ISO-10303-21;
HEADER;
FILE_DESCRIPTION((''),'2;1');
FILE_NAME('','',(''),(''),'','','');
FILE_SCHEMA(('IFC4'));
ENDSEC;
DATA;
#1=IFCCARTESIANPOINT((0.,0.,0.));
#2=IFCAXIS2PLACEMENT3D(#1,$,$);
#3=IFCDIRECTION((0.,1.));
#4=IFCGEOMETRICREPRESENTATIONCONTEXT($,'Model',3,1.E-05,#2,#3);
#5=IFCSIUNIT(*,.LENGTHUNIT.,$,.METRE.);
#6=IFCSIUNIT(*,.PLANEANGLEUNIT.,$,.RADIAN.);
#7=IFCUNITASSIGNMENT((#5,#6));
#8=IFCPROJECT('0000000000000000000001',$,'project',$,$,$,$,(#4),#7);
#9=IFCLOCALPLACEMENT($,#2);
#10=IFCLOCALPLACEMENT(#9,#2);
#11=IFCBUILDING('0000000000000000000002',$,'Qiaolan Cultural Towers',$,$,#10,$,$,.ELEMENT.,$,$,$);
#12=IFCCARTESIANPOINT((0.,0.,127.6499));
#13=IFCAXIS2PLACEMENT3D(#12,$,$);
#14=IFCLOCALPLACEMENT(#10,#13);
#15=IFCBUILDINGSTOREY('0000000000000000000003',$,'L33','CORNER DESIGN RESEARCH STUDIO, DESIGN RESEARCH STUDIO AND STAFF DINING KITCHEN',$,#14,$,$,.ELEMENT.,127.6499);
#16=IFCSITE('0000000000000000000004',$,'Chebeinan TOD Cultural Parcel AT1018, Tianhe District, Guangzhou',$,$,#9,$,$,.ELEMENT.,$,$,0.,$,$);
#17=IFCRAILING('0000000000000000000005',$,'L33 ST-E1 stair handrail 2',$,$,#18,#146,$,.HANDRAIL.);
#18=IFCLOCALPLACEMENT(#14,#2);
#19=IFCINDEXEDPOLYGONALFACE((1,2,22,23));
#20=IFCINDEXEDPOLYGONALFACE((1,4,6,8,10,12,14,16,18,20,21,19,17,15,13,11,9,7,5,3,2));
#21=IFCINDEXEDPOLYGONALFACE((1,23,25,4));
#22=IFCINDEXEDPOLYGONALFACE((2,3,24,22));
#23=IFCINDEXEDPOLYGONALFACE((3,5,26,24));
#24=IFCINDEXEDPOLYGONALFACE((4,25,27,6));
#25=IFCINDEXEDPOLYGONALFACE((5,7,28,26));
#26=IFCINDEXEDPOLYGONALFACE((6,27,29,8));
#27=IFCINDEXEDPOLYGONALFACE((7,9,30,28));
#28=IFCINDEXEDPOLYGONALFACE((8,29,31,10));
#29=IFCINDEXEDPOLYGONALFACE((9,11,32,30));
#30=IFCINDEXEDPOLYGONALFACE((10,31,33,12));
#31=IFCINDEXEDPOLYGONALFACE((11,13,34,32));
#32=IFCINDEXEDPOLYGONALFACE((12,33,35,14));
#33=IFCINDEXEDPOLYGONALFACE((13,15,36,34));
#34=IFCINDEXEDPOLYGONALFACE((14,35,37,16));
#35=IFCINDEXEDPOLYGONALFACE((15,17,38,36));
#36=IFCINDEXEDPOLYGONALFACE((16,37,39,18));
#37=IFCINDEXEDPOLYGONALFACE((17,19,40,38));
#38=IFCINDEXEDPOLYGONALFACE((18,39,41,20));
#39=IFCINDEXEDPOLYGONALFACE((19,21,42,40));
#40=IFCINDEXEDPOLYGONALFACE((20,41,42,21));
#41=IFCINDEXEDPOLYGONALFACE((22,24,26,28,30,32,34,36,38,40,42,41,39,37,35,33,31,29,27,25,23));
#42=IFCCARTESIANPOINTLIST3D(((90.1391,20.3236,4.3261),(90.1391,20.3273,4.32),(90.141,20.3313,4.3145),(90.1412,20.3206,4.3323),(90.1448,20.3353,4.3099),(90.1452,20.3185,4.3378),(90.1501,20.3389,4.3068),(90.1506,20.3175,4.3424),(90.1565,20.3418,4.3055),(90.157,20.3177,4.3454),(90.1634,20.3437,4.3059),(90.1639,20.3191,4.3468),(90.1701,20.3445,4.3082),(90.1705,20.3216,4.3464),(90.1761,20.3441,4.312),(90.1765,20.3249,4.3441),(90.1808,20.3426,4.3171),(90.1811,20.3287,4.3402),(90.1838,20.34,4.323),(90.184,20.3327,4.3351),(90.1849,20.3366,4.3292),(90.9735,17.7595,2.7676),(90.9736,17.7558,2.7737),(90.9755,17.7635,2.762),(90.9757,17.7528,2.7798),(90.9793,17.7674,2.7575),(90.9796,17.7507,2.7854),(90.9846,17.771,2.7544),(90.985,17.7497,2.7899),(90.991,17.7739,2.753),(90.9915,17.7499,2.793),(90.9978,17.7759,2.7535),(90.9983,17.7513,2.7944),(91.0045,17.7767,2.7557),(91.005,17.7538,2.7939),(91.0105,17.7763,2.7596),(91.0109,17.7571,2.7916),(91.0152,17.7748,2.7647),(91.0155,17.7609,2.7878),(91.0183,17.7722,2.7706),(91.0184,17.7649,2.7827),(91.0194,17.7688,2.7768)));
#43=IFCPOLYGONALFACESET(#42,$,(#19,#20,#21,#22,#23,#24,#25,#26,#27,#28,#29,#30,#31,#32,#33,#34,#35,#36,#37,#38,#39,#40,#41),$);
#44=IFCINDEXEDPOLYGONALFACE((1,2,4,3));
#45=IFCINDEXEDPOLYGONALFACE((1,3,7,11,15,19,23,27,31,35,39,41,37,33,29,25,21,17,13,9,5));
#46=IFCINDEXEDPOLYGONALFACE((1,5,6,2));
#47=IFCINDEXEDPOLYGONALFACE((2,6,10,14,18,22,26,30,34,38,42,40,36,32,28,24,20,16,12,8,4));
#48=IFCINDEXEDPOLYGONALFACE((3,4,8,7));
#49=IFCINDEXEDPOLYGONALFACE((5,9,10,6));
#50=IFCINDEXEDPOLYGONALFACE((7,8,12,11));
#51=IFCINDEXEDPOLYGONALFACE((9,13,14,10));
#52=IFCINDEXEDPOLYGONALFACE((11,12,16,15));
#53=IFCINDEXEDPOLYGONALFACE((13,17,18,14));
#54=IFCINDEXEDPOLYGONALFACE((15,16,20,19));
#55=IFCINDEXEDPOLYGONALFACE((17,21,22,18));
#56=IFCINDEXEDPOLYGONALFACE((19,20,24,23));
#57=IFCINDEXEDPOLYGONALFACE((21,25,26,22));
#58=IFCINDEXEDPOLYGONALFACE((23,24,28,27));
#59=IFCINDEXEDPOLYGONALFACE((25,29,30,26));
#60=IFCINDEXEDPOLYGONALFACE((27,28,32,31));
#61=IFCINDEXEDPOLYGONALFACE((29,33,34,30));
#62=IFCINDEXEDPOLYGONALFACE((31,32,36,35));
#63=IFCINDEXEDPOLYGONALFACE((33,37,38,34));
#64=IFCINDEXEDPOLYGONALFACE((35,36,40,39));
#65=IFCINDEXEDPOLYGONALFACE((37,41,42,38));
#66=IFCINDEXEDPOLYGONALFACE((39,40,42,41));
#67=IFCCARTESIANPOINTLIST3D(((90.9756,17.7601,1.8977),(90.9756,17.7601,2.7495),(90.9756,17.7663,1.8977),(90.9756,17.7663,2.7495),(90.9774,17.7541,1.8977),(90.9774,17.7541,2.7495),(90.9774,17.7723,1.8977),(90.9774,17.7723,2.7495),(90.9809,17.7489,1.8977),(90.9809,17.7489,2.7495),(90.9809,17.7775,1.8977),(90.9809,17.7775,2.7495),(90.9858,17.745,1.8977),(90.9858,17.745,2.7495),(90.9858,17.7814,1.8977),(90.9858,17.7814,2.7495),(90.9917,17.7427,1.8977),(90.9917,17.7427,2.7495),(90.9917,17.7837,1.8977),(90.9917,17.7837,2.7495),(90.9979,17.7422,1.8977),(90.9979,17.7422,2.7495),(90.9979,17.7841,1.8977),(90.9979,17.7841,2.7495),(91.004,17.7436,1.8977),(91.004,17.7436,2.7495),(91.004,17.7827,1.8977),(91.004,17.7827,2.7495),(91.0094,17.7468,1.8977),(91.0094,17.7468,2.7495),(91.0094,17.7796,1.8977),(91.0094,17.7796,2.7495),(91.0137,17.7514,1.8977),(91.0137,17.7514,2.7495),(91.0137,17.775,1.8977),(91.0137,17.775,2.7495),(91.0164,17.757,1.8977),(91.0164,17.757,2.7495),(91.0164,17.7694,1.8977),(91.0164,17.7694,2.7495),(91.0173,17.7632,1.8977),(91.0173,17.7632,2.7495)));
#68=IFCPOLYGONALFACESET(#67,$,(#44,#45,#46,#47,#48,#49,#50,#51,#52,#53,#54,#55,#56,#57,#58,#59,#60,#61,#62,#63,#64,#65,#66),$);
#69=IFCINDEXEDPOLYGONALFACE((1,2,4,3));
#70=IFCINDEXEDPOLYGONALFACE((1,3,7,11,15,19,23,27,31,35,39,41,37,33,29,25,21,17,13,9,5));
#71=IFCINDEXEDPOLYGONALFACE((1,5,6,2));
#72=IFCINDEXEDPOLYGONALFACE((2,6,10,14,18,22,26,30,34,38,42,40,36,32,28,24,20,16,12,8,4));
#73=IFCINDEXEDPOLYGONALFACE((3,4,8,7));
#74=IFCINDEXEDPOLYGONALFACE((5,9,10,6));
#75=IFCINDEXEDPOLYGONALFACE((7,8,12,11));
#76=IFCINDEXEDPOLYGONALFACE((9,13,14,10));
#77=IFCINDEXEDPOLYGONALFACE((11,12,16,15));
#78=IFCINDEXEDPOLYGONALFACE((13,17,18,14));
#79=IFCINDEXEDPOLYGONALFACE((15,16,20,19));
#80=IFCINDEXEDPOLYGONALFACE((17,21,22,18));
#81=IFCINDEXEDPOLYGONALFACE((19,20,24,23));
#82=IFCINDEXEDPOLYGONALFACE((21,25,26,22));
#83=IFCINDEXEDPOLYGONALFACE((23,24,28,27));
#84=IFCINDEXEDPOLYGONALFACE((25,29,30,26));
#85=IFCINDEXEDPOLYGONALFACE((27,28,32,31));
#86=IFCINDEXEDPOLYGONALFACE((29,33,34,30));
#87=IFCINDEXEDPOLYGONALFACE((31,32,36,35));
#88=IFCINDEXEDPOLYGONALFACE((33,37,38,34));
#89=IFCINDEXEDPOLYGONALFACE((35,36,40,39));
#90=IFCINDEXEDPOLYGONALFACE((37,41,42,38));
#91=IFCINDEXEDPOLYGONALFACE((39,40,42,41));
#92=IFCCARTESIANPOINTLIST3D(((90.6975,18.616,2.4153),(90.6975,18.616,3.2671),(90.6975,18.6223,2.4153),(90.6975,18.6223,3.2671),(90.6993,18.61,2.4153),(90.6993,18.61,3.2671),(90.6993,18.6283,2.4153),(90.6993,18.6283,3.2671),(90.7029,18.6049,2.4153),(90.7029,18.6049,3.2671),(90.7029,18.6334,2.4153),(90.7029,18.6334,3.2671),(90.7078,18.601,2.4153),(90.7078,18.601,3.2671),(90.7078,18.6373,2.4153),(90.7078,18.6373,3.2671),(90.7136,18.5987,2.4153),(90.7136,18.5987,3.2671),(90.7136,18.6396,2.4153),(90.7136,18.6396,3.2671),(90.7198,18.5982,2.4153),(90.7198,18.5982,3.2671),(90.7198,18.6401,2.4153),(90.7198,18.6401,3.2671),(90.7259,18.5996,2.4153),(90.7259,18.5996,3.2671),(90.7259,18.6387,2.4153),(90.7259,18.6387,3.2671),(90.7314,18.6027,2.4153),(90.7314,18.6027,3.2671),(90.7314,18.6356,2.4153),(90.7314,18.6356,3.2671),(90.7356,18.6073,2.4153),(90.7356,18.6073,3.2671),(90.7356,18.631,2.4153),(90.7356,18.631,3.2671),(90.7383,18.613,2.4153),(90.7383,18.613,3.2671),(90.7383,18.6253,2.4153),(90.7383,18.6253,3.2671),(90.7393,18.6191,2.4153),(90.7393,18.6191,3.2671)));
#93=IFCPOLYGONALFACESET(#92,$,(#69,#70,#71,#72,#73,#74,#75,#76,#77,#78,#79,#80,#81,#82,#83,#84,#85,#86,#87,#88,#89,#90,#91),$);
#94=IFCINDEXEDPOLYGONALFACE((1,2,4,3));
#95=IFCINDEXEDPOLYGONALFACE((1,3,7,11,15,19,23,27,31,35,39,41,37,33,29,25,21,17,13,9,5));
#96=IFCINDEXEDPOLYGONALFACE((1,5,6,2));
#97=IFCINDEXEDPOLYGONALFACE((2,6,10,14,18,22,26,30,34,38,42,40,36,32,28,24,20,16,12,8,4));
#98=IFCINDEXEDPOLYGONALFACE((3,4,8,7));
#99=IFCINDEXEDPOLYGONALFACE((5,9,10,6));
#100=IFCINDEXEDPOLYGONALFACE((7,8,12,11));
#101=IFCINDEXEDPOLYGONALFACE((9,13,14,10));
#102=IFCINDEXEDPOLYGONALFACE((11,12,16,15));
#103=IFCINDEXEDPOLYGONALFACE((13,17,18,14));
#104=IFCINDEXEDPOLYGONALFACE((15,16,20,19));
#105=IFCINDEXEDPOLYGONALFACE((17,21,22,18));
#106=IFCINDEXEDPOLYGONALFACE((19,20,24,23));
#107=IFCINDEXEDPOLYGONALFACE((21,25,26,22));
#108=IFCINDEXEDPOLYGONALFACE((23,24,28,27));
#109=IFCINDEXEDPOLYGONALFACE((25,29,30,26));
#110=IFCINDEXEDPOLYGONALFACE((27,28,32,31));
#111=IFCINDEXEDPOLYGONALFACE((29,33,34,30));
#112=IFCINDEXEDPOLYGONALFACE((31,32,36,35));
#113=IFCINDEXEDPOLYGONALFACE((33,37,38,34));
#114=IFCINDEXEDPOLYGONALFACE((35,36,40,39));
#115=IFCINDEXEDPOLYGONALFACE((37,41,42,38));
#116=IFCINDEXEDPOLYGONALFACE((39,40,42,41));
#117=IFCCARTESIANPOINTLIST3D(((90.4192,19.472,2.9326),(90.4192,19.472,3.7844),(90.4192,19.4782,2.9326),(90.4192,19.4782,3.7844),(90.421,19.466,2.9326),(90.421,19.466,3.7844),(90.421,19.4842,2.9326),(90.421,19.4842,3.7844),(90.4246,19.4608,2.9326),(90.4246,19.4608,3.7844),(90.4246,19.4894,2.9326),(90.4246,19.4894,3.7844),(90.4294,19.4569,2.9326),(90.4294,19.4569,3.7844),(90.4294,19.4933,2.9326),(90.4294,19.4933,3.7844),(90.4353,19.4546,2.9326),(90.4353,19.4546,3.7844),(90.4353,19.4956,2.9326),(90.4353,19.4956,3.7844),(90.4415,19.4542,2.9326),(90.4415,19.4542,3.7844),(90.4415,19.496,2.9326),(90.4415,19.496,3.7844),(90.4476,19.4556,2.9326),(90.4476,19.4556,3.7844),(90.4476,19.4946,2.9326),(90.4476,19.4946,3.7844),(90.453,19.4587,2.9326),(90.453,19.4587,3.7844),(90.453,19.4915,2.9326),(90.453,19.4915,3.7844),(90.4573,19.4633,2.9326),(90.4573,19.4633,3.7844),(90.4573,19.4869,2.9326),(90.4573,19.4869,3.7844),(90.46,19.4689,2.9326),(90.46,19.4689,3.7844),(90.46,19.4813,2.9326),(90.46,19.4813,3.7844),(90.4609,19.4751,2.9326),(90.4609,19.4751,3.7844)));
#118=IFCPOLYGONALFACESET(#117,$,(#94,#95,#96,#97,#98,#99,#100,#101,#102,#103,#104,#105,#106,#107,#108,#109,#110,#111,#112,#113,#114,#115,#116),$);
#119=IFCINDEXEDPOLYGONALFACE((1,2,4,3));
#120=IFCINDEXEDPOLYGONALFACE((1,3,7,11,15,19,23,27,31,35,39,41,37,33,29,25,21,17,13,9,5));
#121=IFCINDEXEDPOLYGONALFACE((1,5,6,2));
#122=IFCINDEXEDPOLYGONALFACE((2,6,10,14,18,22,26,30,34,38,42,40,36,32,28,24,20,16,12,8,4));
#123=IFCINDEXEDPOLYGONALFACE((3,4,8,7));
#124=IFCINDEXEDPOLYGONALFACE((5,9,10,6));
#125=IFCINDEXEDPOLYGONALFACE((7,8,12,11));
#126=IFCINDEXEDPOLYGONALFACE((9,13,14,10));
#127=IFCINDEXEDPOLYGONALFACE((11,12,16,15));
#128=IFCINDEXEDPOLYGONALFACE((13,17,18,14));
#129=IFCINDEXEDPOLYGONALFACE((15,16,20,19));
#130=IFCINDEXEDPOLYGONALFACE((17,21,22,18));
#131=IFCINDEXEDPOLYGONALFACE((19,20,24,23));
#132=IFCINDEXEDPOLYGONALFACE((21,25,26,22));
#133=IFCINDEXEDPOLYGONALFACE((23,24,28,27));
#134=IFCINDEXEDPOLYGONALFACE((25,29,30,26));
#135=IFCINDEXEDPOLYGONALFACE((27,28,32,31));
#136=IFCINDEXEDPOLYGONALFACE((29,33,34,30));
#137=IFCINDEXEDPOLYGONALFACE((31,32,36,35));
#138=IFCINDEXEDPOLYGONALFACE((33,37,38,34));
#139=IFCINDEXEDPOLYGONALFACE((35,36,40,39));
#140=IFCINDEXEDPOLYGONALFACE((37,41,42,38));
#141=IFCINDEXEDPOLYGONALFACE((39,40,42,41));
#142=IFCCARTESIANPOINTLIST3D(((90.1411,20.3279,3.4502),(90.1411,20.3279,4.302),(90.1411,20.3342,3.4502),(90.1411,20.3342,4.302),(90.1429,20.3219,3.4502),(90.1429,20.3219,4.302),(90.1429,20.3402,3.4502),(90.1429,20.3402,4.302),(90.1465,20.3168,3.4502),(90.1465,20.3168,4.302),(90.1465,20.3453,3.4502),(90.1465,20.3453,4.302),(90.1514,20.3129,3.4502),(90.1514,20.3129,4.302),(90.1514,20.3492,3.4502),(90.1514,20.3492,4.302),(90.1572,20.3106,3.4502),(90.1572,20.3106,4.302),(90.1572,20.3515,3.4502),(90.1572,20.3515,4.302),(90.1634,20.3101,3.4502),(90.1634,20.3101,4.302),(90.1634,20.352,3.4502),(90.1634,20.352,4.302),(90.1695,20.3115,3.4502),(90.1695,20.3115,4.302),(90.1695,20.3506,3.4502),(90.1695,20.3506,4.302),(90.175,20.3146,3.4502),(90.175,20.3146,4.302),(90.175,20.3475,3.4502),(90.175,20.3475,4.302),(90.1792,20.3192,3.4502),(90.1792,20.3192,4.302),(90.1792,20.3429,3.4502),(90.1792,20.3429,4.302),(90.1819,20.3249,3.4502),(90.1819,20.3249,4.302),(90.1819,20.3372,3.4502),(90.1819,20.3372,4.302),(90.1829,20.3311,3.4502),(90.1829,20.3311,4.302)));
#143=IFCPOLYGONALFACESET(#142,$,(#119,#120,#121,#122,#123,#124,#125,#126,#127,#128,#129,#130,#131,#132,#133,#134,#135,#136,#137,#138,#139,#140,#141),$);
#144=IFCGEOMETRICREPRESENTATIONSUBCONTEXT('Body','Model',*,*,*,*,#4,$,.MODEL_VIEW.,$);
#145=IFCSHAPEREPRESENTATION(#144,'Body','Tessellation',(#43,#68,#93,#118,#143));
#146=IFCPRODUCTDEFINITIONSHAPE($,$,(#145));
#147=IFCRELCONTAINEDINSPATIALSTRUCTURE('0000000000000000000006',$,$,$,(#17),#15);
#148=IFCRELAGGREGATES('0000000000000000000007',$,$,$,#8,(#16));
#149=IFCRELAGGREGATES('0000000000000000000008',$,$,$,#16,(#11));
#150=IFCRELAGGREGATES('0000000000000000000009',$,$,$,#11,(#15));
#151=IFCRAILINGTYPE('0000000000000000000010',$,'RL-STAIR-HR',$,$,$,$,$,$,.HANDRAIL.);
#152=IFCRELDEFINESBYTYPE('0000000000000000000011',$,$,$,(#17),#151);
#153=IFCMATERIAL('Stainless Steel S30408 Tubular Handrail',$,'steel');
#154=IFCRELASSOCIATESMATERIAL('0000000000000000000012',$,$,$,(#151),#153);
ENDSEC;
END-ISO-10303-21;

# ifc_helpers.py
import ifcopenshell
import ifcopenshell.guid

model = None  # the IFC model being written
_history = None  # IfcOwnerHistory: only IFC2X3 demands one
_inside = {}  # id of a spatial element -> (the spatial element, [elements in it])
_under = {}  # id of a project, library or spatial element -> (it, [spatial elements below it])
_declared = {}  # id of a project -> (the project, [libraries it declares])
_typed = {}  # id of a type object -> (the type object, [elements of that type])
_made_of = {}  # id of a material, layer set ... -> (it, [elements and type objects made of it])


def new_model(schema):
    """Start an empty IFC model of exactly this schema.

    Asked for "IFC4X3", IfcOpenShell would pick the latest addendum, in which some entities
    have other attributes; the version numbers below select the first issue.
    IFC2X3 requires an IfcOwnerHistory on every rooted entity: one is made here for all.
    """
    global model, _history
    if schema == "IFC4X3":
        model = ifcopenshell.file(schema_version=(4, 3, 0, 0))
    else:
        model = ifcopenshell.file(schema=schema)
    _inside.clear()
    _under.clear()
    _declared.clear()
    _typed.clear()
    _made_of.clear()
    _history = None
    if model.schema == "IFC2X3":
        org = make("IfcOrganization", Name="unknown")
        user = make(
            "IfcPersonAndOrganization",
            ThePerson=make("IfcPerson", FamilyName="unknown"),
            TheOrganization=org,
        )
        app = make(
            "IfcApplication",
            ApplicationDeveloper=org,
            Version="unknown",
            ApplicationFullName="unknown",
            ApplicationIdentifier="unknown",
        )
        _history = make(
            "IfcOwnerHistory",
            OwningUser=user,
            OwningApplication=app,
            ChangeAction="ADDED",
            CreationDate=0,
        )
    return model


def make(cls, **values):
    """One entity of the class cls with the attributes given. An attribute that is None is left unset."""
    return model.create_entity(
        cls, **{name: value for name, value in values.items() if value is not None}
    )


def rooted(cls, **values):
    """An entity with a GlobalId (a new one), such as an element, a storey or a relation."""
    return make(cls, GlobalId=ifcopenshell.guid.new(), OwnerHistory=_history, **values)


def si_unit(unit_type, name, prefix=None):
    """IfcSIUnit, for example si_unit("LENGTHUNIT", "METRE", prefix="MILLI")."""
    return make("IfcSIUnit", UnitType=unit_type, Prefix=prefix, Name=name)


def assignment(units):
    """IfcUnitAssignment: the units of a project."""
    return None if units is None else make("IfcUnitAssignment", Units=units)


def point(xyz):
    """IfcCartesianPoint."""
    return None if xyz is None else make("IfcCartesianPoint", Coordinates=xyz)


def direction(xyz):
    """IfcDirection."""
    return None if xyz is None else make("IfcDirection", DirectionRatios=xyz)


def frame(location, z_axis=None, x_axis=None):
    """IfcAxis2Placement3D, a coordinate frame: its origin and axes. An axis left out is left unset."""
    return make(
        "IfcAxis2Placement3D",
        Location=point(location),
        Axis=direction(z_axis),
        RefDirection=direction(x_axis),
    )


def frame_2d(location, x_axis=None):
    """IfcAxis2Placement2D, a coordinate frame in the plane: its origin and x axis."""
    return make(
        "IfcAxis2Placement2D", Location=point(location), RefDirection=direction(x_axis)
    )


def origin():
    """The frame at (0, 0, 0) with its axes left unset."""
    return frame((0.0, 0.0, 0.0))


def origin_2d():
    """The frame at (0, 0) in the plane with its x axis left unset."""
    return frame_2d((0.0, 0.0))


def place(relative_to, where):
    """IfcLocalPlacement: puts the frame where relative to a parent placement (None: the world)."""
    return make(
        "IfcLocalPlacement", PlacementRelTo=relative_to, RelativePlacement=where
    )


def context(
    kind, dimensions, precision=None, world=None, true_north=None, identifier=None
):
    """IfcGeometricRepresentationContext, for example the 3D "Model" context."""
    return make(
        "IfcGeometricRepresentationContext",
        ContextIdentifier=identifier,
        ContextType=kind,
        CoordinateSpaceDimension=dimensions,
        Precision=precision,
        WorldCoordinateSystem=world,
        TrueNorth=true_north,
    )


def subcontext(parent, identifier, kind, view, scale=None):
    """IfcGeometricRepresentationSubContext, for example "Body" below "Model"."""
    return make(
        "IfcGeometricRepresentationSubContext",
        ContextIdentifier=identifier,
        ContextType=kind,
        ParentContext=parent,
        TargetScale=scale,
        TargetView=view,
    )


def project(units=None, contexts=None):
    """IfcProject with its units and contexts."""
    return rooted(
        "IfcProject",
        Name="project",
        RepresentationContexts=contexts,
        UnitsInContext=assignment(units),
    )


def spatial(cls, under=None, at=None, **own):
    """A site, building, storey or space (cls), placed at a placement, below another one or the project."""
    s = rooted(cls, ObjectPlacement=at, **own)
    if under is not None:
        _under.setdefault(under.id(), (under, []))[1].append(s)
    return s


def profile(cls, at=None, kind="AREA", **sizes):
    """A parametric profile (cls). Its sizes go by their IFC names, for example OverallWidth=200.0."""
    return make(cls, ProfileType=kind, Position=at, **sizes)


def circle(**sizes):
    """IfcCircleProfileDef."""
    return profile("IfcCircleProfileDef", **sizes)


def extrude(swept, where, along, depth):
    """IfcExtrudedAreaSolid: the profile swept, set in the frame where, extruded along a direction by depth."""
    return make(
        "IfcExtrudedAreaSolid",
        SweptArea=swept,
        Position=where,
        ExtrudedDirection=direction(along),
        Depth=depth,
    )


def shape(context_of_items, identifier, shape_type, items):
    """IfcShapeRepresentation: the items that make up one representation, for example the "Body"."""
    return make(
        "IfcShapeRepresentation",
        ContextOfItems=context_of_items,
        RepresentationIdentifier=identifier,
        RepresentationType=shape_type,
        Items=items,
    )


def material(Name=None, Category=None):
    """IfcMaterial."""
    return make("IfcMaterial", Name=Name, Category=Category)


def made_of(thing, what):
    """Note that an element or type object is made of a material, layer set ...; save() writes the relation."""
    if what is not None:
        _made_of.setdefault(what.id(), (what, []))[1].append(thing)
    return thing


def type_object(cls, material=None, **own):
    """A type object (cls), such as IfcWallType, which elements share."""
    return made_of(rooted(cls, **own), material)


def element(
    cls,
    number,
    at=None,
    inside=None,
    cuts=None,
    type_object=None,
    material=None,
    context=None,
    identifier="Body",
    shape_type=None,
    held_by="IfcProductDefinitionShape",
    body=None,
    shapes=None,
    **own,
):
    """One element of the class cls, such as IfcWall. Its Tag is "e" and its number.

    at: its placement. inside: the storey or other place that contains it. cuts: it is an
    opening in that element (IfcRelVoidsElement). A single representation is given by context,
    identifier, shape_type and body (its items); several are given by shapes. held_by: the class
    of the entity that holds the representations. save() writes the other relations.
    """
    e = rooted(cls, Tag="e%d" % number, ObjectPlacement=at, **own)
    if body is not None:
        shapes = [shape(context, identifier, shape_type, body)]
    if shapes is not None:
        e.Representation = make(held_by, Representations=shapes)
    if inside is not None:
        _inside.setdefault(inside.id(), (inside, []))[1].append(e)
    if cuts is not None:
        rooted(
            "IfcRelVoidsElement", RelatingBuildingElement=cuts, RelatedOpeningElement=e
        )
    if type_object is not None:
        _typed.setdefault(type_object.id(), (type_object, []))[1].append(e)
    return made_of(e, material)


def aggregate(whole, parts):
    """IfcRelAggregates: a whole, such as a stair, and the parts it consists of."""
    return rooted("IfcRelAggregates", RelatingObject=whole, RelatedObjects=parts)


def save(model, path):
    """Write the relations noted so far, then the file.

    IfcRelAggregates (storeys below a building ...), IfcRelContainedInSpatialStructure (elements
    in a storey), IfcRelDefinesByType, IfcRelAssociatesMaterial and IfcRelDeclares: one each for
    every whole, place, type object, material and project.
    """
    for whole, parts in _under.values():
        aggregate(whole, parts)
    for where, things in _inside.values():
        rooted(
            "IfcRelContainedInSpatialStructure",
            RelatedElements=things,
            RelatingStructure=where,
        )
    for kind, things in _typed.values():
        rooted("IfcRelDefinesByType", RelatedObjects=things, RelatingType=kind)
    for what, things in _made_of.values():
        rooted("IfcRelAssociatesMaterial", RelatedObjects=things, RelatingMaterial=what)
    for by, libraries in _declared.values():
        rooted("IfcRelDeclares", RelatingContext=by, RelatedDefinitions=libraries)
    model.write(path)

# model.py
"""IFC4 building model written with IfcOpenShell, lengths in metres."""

from ifc_helpers import new_model, si_unit, direction, frame, origin, origin_2d, place, context, subcontext, project, spatial, circle, extrude, material, type_object, element, save


model = new_model("IFC4")

# Units and contexts
model_context = context("Model", 3, precision=1e-05, world=origin(), true_north=direction((0.0, 1.0)))
body_context = subcontext(model_context, "Body", "Model", "MODEL_VIEW")
ifc_project = project(units=[si_unit("LENGTHUNIT", "METRE"), si_unit("PLANEANGLEUNIT", "RADIAN")], contexts=[model_context])

# Site, building, storey
site_placement = place(None, origin())
site = spatial("IfcSite", under=ifc_project, at=site_placement, Name="Chebeinan TOD Cultural Parcel AT1018, Tianhe District, Guangzhou", CompositionType="ELEMENT", RefElevation=0.0)
building_placement = place(site_placement, origin())
building = spatial("IfcBuilding", under=site, at=building_placement, Name="Qiaolan Cultural Towers", CompositionType="ELEMENT")
storey_placement = place(building_placement, frame((0.0, 0.0, 127.6499)))
storey = spatial("IfcBuildingStorey", under=building, at=storey_placement, Name="L33", Description="CORNER DESIGN RESEARCH STUDIO, DESIGN RESEARCH STUDIO AND STAFF DINING KITCHEN", CompositionType="ELEMENT", Elevation=127.6499)

# Railing
ifc_material_1 = material(Name="Stainless Steel S30408 Tubular Handrail", Category="steel")
railing_type_1 = type_object("IfcRailingType", Name="RL-STAIR-HR", PredefinedType="HANDRAIL", material=ifc_material_1)
railing_1_placement = place(storey_placement, frame((90.9963, 17.7632, 1.8977)))
element("IfcRailing", 1, at=railing_1_placement, inside=storey, type_object=railing_type_1, Name="L33 ST-E1 stair handrail 2", PredefinedType="HANDRAIL", context=body_context, shape_type="SweptSolid", body=[
    extrude(circle(Radius=0.0239, at=origin_2d()), frame((0.0, 0.0, 0.876), z_axis=(-0.267926, 0.824471, 0.498461), x_axis=(-0.951043, -0.309057, 0.0)), (0.0, 0.0, 1.0), 3.1145),
    extrude(circle(Radius=0.021, at=origin_2d()), origin(), (0.0, 0.0, 1.0), 0.8518),
    extrude(circle(Radius=0.021, at=origin_2d()), frame((-0.2781, 0.856, 0.5176)), (0.0, 0.0, 1.0), 0.8518),
    extrude(circle(Radius=0.021, at=origin_2d()), frame((-0.5564, 1.7119, 1.0349)), (0.0, 0.0, 1.0), 0.8518),
    extrude(circle(Radius=0.021, at=origin_2d()), frame((-0.8345, 2.5679, 1.5525)), (0.0, 0.0, 1.0), 0.8518),
])

save(model, "model.ifc")
